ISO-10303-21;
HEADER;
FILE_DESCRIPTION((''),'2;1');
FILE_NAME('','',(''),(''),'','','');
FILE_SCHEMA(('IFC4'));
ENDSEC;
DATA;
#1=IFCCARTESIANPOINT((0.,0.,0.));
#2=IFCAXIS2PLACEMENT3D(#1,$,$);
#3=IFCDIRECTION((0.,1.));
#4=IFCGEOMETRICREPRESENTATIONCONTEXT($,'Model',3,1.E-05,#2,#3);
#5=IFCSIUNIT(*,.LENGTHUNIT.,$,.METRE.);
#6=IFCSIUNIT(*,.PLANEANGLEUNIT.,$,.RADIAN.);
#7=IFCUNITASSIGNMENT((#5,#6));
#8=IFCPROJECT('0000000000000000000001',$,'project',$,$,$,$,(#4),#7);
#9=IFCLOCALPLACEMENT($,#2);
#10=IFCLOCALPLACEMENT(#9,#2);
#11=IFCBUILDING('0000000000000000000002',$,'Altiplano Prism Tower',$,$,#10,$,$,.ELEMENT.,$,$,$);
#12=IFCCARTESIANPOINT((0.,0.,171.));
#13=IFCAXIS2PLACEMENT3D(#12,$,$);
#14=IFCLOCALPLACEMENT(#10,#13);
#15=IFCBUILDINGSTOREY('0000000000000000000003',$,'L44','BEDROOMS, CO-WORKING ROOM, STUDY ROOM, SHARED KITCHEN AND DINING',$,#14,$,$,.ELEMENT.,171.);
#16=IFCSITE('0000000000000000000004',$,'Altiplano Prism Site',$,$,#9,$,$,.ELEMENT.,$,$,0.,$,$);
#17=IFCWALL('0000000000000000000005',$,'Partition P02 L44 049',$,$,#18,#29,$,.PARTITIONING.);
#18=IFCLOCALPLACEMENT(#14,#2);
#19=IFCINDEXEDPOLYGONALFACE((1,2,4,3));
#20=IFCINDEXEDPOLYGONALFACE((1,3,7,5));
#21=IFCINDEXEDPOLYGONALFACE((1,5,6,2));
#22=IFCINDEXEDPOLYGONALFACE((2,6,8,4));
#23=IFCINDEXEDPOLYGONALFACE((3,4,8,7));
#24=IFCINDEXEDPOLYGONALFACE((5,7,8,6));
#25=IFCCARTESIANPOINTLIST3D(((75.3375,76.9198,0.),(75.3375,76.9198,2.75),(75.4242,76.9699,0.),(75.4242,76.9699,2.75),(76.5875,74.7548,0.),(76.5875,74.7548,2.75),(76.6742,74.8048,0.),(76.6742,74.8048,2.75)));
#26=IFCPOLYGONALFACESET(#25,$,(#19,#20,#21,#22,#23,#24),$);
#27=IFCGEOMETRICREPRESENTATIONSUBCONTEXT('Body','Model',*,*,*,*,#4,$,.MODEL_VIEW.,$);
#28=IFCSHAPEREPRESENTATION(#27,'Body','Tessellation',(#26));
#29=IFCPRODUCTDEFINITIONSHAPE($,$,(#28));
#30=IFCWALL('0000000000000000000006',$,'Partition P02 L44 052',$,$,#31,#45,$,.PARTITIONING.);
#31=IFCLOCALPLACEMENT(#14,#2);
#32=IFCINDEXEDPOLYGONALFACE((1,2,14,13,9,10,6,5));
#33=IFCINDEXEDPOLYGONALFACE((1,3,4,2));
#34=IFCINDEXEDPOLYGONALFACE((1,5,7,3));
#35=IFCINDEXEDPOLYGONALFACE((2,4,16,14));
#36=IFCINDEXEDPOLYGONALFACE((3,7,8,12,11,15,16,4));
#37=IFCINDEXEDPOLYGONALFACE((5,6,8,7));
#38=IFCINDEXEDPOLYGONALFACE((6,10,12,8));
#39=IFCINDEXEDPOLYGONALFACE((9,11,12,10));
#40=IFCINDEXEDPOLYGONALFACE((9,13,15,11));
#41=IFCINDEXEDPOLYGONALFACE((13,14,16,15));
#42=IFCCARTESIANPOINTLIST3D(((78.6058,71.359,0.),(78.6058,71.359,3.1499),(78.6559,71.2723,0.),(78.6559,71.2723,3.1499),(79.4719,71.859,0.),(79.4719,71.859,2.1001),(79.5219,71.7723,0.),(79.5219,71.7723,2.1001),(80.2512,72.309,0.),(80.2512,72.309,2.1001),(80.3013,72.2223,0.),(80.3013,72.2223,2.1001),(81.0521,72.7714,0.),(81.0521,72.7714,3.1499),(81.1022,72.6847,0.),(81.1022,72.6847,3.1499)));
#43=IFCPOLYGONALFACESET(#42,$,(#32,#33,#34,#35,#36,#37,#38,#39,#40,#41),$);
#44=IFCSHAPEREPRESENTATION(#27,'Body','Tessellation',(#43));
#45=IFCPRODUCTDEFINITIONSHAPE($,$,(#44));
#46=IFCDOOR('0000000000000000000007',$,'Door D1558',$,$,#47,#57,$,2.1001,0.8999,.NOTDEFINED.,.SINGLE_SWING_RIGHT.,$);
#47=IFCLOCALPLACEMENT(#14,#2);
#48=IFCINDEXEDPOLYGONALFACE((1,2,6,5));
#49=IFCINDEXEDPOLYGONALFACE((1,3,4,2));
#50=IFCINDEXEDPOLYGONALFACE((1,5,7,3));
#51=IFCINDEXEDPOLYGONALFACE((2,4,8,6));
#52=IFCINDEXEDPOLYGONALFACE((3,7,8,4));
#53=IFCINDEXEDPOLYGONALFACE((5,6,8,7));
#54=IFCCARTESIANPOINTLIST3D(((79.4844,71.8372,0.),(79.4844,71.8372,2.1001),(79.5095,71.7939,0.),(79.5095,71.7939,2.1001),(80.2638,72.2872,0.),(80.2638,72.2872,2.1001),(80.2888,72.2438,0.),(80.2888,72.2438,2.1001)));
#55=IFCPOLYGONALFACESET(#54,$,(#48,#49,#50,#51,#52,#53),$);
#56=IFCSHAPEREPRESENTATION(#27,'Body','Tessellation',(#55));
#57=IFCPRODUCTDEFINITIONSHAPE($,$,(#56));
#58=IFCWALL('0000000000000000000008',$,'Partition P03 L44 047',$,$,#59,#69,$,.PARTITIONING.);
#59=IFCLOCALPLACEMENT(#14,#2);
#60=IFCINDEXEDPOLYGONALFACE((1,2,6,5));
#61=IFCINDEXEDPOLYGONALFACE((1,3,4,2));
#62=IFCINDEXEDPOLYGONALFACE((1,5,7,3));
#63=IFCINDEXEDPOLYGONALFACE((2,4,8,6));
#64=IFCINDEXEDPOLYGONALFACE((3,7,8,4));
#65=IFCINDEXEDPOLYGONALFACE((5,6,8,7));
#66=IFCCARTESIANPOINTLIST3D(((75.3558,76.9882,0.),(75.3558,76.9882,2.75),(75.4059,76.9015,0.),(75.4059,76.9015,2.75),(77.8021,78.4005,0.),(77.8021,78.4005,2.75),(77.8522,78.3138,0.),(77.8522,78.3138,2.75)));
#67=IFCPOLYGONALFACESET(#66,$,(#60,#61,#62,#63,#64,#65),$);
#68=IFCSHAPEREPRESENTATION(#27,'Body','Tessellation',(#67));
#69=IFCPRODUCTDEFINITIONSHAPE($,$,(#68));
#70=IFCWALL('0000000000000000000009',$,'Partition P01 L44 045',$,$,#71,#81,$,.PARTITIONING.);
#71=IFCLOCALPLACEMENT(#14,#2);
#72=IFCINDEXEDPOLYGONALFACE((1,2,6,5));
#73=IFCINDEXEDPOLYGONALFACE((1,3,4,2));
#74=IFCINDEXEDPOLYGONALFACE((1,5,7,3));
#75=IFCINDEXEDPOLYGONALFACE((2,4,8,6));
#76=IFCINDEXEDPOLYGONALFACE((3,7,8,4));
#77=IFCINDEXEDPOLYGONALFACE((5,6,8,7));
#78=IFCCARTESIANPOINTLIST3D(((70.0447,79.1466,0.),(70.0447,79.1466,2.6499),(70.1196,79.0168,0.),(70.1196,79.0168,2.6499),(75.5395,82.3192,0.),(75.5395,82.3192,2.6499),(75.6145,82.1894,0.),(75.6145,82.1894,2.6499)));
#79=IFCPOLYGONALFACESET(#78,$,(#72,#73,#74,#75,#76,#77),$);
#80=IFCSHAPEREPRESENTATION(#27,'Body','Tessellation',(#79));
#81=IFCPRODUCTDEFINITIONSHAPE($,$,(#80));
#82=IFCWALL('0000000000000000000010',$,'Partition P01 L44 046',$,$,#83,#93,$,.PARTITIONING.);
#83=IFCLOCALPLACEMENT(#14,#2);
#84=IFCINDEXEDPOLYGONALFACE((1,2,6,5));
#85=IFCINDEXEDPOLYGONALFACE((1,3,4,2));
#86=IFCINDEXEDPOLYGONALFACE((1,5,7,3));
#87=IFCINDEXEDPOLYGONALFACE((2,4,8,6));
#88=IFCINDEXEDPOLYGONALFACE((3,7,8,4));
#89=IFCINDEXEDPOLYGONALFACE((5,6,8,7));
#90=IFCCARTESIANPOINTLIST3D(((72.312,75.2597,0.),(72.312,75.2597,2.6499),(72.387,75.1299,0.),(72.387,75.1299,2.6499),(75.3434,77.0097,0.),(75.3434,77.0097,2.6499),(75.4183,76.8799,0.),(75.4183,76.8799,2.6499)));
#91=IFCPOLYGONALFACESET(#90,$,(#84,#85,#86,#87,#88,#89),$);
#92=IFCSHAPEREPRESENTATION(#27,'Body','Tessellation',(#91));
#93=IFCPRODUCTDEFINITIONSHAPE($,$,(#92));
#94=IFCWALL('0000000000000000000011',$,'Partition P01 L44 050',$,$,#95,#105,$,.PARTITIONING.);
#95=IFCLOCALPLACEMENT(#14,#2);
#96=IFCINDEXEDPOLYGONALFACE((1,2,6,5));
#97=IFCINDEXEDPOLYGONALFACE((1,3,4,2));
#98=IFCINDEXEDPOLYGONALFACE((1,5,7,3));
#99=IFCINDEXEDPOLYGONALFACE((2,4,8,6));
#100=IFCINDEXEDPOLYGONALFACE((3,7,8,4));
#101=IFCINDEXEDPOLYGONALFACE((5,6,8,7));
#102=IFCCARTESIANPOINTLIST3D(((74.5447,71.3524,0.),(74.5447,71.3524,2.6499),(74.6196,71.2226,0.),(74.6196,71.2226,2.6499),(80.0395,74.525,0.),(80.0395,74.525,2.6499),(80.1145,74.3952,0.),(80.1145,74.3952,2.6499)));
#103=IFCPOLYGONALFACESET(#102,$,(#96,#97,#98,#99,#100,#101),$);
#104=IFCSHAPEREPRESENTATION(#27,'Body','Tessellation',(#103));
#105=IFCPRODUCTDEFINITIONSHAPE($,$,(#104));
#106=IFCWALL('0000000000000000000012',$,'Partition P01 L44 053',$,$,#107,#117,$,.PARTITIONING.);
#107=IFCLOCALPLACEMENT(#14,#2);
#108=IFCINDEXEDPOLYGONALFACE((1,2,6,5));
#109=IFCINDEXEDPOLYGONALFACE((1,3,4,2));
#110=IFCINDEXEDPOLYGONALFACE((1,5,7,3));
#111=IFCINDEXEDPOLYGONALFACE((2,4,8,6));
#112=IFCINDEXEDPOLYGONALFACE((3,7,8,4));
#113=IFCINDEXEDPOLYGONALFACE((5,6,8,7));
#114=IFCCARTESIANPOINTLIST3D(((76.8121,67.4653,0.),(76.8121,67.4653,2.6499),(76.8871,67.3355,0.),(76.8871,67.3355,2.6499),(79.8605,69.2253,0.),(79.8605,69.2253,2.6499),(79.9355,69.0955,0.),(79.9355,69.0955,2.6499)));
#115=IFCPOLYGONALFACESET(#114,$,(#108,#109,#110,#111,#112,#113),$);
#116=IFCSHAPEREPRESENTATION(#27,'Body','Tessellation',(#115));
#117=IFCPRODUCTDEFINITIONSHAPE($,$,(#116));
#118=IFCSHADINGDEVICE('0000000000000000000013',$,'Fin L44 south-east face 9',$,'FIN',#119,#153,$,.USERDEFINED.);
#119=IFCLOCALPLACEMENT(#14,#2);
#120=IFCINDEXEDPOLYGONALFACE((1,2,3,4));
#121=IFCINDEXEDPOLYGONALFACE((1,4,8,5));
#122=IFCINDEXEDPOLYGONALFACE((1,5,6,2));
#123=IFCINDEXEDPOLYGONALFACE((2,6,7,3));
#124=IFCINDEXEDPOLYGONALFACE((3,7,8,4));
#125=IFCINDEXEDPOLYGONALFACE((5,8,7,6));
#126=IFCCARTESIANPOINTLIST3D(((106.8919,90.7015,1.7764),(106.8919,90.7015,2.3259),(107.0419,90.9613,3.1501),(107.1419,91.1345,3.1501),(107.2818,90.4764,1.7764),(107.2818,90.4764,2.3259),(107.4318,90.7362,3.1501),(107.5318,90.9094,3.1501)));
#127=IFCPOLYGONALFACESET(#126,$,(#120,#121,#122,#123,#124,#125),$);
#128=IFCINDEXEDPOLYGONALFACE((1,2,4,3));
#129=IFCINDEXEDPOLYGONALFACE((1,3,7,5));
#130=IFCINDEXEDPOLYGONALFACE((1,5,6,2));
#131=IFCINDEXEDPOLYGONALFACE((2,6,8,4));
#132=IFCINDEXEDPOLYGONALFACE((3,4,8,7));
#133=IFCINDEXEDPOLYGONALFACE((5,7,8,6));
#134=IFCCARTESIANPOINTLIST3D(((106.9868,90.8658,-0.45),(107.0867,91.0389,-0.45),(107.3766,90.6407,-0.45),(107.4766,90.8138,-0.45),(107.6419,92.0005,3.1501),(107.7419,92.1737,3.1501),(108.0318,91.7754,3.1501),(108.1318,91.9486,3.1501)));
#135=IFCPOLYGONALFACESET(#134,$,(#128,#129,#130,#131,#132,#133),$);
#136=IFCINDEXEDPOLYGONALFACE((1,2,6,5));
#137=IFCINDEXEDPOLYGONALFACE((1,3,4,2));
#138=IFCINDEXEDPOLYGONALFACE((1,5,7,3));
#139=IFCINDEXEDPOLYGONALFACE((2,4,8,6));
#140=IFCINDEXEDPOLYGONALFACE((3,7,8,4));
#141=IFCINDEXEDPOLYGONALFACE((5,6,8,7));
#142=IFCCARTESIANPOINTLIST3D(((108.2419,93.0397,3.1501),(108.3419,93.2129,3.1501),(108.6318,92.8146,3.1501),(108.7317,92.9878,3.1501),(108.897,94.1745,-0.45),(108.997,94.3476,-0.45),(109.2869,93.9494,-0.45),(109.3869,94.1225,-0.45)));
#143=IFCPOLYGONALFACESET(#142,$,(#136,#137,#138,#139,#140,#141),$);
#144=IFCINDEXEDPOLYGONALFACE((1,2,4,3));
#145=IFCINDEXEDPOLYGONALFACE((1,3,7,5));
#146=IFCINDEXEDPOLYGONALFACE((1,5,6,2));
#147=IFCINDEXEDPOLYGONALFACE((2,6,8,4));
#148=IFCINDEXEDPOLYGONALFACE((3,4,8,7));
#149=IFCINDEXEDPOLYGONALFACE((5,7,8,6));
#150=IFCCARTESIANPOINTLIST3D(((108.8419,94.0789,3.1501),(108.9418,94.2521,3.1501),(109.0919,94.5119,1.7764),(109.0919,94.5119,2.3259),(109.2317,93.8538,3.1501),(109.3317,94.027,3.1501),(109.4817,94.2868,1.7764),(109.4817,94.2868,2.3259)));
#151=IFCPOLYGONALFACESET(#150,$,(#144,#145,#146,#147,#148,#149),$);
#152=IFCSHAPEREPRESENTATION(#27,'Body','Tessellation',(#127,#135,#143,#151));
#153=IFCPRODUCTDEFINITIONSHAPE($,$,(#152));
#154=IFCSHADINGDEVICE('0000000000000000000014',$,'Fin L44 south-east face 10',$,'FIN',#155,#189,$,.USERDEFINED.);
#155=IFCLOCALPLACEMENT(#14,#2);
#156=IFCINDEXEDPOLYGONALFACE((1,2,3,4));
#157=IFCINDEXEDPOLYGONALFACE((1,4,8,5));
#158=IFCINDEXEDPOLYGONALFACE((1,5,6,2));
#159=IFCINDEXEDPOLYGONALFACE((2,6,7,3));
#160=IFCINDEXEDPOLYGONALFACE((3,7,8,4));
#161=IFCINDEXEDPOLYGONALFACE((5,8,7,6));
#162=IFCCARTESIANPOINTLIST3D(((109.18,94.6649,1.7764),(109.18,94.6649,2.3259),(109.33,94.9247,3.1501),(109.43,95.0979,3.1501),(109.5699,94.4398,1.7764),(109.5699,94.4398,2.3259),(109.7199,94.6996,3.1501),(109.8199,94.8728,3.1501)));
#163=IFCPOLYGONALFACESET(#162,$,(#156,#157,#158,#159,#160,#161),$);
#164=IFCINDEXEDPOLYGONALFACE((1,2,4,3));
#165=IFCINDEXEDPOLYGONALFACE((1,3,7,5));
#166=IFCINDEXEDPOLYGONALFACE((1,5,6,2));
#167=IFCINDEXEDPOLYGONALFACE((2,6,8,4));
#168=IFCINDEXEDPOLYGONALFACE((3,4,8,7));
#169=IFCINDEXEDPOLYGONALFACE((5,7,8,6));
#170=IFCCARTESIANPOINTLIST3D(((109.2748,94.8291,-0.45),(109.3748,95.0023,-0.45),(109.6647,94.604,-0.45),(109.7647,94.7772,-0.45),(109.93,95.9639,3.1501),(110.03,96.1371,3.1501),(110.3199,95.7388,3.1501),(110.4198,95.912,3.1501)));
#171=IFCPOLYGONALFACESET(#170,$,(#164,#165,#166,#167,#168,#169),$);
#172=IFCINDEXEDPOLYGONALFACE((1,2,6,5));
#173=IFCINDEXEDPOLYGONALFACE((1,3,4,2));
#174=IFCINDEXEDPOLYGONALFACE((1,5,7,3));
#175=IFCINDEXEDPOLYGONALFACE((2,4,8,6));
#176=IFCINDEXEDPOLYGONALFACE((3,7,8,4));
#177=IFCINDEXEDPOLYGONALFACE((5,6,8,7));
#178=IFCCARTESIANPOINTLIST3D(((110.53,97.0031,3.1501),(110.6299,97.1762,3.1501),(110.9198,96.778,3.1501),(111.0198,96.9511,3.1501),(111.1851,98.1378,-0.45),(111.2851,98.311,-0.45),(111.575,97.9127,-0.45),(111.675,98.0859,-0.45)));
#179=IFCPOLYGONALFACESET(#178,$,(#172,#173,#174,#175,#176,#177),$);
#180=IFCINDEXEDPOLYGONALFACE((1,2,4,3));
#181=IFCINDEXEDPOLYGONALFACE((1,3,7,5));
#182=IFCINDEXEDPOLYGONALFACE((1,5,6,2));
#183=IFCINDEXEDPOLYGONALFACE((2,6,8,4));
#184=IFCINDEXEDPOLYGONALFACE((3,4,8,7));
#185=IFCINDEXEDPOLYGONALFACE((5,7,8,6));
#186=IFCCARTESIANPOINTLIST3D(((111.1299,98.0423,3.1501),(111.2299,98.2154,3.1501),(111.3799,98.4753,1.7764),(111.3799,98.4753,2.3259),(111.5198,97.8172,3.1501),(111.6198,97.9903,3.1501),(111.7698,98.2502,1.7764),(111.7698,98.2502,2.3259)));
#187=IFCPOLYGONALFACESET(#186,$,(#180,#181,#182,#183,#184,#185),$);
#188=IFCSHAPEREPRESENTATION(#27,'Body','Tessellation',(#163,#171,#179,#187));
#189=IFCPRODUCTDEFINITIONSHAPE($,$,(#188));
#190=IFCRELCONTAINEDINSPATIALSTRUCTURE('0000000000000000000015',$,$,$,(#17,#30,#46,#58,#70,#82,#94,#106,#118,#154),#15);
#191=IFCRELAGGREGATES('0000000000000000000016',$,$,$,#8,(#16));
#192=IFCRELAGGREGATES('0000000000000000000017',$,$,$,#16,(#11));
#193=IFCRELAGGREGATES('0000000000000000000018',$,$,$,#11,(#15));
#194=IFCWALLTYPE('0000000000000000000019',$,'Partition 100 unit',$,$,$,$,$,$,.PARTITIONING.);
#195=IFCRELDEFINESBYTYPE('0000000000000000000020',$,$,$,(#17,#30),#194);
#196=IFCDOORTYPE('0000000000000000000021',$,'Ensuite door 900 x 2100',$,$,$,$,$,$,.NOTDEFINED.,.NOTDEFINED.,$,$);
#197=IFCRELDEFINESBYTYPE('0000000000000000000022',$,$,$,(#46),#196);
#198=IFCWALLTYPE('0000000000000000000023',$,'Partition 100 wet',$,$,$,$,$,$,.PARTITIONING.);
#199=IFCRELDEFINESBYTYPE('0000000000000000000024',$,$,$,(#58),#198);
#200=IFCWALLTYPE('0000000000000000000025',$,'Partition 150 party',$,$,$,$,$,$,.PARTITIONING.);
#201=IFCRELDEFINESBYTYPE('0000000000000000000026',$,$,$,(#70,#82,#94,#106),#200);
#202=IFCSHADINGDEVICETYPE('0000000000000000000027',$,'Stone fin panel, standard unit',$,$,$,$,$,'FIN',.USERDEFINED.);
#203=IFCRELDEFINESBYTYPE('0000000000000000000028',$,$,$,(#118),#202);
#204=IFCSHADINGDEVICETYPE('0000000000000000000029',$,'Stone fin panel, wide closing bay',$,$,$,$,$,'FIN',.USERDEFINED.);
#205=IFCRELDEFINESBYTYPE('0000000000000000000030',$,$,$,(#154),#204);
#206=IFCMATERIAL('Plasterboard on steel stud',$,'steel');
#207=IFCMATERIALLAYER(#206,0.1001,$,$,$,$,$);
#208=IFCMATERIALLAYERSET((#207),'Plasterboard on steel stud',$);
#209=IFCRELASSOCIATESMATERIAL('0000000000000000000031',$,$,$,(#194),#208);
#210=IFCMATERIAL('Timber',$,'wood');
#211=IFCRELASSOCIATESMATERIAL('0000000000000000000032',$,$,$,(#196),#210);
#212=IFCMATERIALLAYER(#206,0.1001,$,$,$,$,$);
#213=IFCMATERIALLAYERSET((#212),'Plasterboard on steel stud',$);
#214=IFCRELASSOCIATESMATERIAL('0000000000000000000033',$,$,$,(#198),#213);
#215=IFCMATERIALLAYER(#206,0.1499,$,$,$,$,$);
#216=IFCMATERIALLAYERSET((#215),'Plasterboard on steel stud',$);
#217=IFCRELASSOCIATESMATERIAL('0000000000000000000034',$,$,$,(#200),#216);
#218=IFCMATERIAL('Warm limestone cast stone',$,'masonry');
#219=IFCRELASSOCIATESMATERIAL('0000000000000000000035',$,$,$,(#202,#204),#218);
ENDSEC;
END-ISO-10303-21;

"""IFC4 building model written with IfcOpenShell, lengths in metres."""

from ifc_helpers import new_model, si_unit, direction, frame, frame_2d, origin, place, context, subcontext, project, spatial, polyline, rectangle, outline, extrude, source, transform, mapped, material, layer, layer_set, type_object, element, fill, save


model = new_model("IFC4")

# Units and contexts
model_context = context("Model", 3, precision=1e-05, world=origin(), true_north=direction((0.0, 1.0)))
body_context = subcontext(model_context, "Body", "Model", "MODEL_VIEW")
ifc_project = project(units=[si_unit("LENGTHUNIT", "METRE"), si_unit("PLANEANGLEUNIT", "RADIAN")], contexts=[model_context])

# Site, building, storey
site_placement = place(None, origin())
site = spatial("IfcSite", under=ifc_project, at=site_placement, Name="Altiplano Prism Site", CompositionType="ELEMENT", RefElevation=0.0)
building_placement = place(site_placement, origin())
building = spatial("IfcBuilding", under=site, at=building_placement, Name="Altiplano Prism Tower", CompositionType="ELEMENT")
storey_placement = place(building_placement, frame((0.0, 0.0, 171.0)))
storey = spatial("IfcBuildingStorey", under=building, at=storey_placement, Name="L44", Description="BEDROOMS, CO-WORKING ROOM, STUDY ROOM, SHARED KITCHEN AND DINING", CompositionType="ELEMENT", Elevation=171.0)

# Shared definitions
ifc_material_1 = material(Name="Plasterboard on steel stud", Category="steel")
ifc_layer_1 = layer(ifc_material_1, 0.1001)
ifc_layer_set_1 = layer_set([ifc_layer_1], Name="Plasterboard on steel stud")
wall_type_1 = type_object("IfcWallType", Name="Partition 100 unit", PredefinedType="PARTITIONING", material=ifc_layer_set_1)
ifc_material_2 = material(Name="Timber", Category="wood")
door_type = type_object("IfcDoorType", Name="Ensuite door 900 x 2100", OperationType="NOTDEFINED", PredefinedType="NOTDEFINED", material=ifc_material_2)

# Wall
wall_1_placement = place(storey_placement, frame((76.6309, 74.7798, 0.0), z_axis=(0.0, 0.0, 1.0), x_axis=(-0.500004, 0.866023, 0.0)))
element("IfcWall", 1, at=wall_1_placement, inside=storey, type_object=wall_type_1, Name="Partition P02 L44 049", PredefinedType="PARTITIONING", context=body_context, shape_type="SweptSolid", body=[
    extrude(rectangle(XDim=2.5, YDim=0.1001, at=frame_2d((1.25, 0.0))), origin(), (0.0, 0.0, 1.0), 2.75),
])

# Wall, opening, door
wall_2_placement = place(storey_placement, frame((78.6309, 71.3157, 0.0), z_axis=(0.0, 0.0, 1.0), x_axis=(0.866027, 0.499997, 0.0)))
wall_2 = element("IfcWall", 2, at=wall_2_placement, inside=storey, type_object=wall_type_1, Name="Partition P02 L44 052", PredefinedType="PARTITIONING", context=body_context, shape_type="SweptSolid", body=[
    extrude(rectangle(XDim=2.8247, YDim=0.1001, at=frame_2d((1.4124, 0.0))), origin(), (0.0, 0.0, 1.0), 3.1499),
])
opening_1_placement = place(wall_2_placement, frame((1.0, 0.0, 0.0)))
opening_1 = element("IfcOpeningElement", 3, at=opening_1_placement, cuts=wall_2, PredefinedType="OPENING", context=body_context, shape_type="SweptSolid", body=[
    extrude(rectangle(XDim=0.8999, YDim=2.1001, at=frame_2d((0.45, 1.05))), frame((0.0, 0.0605, 0.0), z_axis=(0.0, -1.0, 0.0), x_axis=(1.0, 0.0, 0.0)), (0.0, 0.0, 1.0), 0.1211),
])
door_1_placement = place(opening_1_placement, origin())
door_1 = element("IfcDoor", 4, at=door_1_placement, inside=storey, type_object=door_type, Name="Door D1558", OperationType="SINGLE_SWING_RIGHT", OverallHeight=2.1001, OverallWidth=0.8999, PredefinedType="NOTDEFINED", context=body_context, shape_type="SweptSolid", body=[
    extrude(rectangle(XDim=0.8999, YDim=2.1001, at=frame_2d((0.45, 1.05))), frame((0.0, 0.0249, 0.0), z_axis=(0.0, -1.0, 0.0), x_axis=(1.0, 0.0, 0.0)), (0.0, 0.0, 1.0), 0.05),
])
fill(opening_1, door_1)

# Walls
ifc_layer_2 = layer(ifc_material_1, 0.1001)
ifc_layer_set_2 = layer_set([ifc_layer_2], Name="Plasterboard on steel stud")
wall_type_2 = type_object("IfcWallType", Name="Partition 100 wet", PredefinedType="PARTITIONING", material=ifc_layer_set_2)
wall_3_placement = place(storey_placement, frame((75.3809, 76.9448, 0.0), z_axis=(0.0, 0.0, 1.0), x_axis=(0.866027, 0.499997, 0.0)))
element("IfcWall", 5, at=wall_3_placement, inside=storey, type_object=wall_type_2, Name="Partition P03 L44 047", PredefinedType="PARTITIONING", context=body_context, shape_type="SweptSolid", body=[
    extrude(rectangle(XDim=2.8247, YDim=0.1001, at=frame_2d((1.4124, 0.0))), origin(), (0.0, 0.0, 1.0), 2.75),
])
ifc_layer_3 = layer(ifc_material_1, 0.1499)
ifc_layer_set_3 = layer_set([ifc_layer_3], Name="Plasterboard on steel stud")
wall_type_3 = type_object("IfcWallType", Name="Partition 150 party", PredefinedType="PARTITIONING", material=ifc_layer_set_3)
wall_4_placement = place(storey_placement, frame((70.0823, 79.0818, 0.0), z_axis=(0.0, 0.0, 1.0), x_axis=(0.866016, 0.500017, 0.0)))
element("IfcWall", 6, at=wall_4_placement, inside=storey, type_object=wall_type_3, Name="Partition P01 L44 045", PredefinedType="PARTITIONING", context=body_context, shape_type="SweptSolid", body=[
    extrude(rectangle(XDim=6.345, YDim=0.1499, at=frame_2d((3.1724, 0.0))), origin(), (0.0, 0.0, 1.0), 2.6499),
])
wall_5_placement = place(storey_placement, frame((72.3496, 75.1948, 0.0), z_axis=(0.0, 0.0, 1.0), x_axis=(0.866037, 0.49998, 0.0)))
element("IfcWall", 7, at=wall_5_placement, inside=storey, type_object=wall_type_3, Name="Partition P01 L44 046", PredefinedType="PARTITIONING", context=body_context, shape_type="SweptSolid", body=[
    extrude(rectangle(XDim=3.5002, YDim=0.1499, at=frame_2d((1.75, 0.0))), origin(), (0.0, 0.0, 1.0), 2.6499),
])
wall_6_placement = place(storey_placement, frame((74.5823, 71.2876, 0.0), z_axis=(0.0, 0.0, 1.0), x_axis=(0.866016, 0.500017, 0.0)))
element("IfcWall", 8, at=wall_6_placement, inside=storey, type_object=wall_type_3, Name="Partition P01 L44 050", PredefinedType="PARTITIONING", context=body_context, shape_type="SweptSolid", body=[
    extrude(rectangle(XDim=6.345, YDim=0.1499, at=frame_2d((3.1724, 0.0))), origin(), (0.0, 0.0, 1.0), 2.6499),
])
wall_7_placement = place(storey_placement, frame((76.8496, 67.4004, 0.0), z_axis=(0.0, 0.0, 1.0), x_axis=(0.866019, 0.500011, 0.0)))
element("IfcWall", 9, at=wall_7_placement, inside=storey, type_object=wall_type_3, Name="Partition P01 L44 053", PredefinedType="PARTITIONING", context=body_context, shape_type="SweptSolid", body=[
    extrude(rectangle(XDim=3.52, YDim=0.1499, at=frame_2d((1.76, 0.0))), origin(), (0.0, 0.0, 1.0), 2.6499),
])

# Shading devices
ifc_material_3 = material(Name="Warm limestone cast stone", Category="masonry")
shading_device_type_1 = type_object("IfcShadingDeviceType", Name="Stone fin panel, standard unit", ElementType="FIN", PredefinedType="USERDEFINED", material=ifc_material_3)
shared_shape_1 = source(origin(), body_context, "Body", "SweptSolid", [
    extrude(outline(polyline([(-2.2, 2.2263), (-1.7, 3.6001), (-1.8999, 3.6001), (-2.2, 2.7759), (-2.2, 2.2263)])), frame((0.0, -0.1499, 0.0), z_axis=(0.0, -1.0, 0.0), x_axis=(1.0, 0.0, 0.0)), (0.0, 0.0, 1.0), 0.4502),
    extrude(outline(polyline([(-2.0103, 0.0), (-1.8103, 0.0), (-0.5, 3.6001), (-0.7, 3.6001), (-2.0103, 0.0)])), frame((0.0, -0.1499, 0.0), z_axis=(0.0, -1.0, 0.0), x_axis=(1.0, 0.0, 0.0)), (0.0, 0.0, 1.0), 0.4502),
    extrude(outline(polyline([(1.8103, 0.0), (2.0103, 0.0), (0.7, 3.6001), (0.5, 3.6001), (1.8103, 0.0)])), frame((0.0, -0.1499, 0.0), z_axis=(0.0, -1.0, 0.0), x_axis=(1.0, 0.0, 0.0)), (0.0, 0.0, 1.0), 0.4502),
    extrude(outline(polyline([(2.2, 2.7759), (1.8999, 3.6001), (1.7, 3.6001), (2.2, 2.2263), (2.2, 2.7759)])), frame((0.0, -0.1499, 0.0), z_axis=(0.0, -1.0, 0.0), x_axis=(1.0, 0.0, 0.0)), (0.0, 0.0, 1.0), 0.4502),
])
shading_device_1_placement = place(storey_placement, origin())
element("IfcShadingDevice", 10, at=shading_device_1_placement, inside=storey, type_object=shading_device_type_1, Name="Fin L44 south-east face 9", ObjectType="FIN", PredefinedType="USERDEFINED", context=body_context, shape_type="MappedRepresentation", body=[
    mapped(shared_shape_1, transform((107.8621, 92.6816, -0.45), x_axis=(0.5, 0.866025, 0.0), y_axis=(-0.866025, 0.5, 0.0), z_axis=(0.0, 0.0, 1.0))),
])
shading_device_type_2 = type_object("IfcShadingDeviceType", Name="Stone fin panel, wide closing bay", ElementType="FIN", PredefinedType="USERDEFINED", material=ifc_material_3)
shading_device_2_placement = place(storey_placement, origin())
element("IfcShadingDevice", 11, at=shading_device_2_placement, inside=storey, type_object=shading_device_type_2, Name="Fin L44 south-east face 10", ObjectType="FIN", PredefinedType="USERDEFINED", context=body_context, shape_type="MappedRepresentation", body=[
    mapped(shared_shape_1, transform((110.1501, 96.645, -0.45), x_axis=(0.5, 0.866025, 0.0), y_axis=(-0.866025, 0.5, 0.0), z_axis=(0.0, 0.0, 1.0))),
])

save(model, "model.ifc")
